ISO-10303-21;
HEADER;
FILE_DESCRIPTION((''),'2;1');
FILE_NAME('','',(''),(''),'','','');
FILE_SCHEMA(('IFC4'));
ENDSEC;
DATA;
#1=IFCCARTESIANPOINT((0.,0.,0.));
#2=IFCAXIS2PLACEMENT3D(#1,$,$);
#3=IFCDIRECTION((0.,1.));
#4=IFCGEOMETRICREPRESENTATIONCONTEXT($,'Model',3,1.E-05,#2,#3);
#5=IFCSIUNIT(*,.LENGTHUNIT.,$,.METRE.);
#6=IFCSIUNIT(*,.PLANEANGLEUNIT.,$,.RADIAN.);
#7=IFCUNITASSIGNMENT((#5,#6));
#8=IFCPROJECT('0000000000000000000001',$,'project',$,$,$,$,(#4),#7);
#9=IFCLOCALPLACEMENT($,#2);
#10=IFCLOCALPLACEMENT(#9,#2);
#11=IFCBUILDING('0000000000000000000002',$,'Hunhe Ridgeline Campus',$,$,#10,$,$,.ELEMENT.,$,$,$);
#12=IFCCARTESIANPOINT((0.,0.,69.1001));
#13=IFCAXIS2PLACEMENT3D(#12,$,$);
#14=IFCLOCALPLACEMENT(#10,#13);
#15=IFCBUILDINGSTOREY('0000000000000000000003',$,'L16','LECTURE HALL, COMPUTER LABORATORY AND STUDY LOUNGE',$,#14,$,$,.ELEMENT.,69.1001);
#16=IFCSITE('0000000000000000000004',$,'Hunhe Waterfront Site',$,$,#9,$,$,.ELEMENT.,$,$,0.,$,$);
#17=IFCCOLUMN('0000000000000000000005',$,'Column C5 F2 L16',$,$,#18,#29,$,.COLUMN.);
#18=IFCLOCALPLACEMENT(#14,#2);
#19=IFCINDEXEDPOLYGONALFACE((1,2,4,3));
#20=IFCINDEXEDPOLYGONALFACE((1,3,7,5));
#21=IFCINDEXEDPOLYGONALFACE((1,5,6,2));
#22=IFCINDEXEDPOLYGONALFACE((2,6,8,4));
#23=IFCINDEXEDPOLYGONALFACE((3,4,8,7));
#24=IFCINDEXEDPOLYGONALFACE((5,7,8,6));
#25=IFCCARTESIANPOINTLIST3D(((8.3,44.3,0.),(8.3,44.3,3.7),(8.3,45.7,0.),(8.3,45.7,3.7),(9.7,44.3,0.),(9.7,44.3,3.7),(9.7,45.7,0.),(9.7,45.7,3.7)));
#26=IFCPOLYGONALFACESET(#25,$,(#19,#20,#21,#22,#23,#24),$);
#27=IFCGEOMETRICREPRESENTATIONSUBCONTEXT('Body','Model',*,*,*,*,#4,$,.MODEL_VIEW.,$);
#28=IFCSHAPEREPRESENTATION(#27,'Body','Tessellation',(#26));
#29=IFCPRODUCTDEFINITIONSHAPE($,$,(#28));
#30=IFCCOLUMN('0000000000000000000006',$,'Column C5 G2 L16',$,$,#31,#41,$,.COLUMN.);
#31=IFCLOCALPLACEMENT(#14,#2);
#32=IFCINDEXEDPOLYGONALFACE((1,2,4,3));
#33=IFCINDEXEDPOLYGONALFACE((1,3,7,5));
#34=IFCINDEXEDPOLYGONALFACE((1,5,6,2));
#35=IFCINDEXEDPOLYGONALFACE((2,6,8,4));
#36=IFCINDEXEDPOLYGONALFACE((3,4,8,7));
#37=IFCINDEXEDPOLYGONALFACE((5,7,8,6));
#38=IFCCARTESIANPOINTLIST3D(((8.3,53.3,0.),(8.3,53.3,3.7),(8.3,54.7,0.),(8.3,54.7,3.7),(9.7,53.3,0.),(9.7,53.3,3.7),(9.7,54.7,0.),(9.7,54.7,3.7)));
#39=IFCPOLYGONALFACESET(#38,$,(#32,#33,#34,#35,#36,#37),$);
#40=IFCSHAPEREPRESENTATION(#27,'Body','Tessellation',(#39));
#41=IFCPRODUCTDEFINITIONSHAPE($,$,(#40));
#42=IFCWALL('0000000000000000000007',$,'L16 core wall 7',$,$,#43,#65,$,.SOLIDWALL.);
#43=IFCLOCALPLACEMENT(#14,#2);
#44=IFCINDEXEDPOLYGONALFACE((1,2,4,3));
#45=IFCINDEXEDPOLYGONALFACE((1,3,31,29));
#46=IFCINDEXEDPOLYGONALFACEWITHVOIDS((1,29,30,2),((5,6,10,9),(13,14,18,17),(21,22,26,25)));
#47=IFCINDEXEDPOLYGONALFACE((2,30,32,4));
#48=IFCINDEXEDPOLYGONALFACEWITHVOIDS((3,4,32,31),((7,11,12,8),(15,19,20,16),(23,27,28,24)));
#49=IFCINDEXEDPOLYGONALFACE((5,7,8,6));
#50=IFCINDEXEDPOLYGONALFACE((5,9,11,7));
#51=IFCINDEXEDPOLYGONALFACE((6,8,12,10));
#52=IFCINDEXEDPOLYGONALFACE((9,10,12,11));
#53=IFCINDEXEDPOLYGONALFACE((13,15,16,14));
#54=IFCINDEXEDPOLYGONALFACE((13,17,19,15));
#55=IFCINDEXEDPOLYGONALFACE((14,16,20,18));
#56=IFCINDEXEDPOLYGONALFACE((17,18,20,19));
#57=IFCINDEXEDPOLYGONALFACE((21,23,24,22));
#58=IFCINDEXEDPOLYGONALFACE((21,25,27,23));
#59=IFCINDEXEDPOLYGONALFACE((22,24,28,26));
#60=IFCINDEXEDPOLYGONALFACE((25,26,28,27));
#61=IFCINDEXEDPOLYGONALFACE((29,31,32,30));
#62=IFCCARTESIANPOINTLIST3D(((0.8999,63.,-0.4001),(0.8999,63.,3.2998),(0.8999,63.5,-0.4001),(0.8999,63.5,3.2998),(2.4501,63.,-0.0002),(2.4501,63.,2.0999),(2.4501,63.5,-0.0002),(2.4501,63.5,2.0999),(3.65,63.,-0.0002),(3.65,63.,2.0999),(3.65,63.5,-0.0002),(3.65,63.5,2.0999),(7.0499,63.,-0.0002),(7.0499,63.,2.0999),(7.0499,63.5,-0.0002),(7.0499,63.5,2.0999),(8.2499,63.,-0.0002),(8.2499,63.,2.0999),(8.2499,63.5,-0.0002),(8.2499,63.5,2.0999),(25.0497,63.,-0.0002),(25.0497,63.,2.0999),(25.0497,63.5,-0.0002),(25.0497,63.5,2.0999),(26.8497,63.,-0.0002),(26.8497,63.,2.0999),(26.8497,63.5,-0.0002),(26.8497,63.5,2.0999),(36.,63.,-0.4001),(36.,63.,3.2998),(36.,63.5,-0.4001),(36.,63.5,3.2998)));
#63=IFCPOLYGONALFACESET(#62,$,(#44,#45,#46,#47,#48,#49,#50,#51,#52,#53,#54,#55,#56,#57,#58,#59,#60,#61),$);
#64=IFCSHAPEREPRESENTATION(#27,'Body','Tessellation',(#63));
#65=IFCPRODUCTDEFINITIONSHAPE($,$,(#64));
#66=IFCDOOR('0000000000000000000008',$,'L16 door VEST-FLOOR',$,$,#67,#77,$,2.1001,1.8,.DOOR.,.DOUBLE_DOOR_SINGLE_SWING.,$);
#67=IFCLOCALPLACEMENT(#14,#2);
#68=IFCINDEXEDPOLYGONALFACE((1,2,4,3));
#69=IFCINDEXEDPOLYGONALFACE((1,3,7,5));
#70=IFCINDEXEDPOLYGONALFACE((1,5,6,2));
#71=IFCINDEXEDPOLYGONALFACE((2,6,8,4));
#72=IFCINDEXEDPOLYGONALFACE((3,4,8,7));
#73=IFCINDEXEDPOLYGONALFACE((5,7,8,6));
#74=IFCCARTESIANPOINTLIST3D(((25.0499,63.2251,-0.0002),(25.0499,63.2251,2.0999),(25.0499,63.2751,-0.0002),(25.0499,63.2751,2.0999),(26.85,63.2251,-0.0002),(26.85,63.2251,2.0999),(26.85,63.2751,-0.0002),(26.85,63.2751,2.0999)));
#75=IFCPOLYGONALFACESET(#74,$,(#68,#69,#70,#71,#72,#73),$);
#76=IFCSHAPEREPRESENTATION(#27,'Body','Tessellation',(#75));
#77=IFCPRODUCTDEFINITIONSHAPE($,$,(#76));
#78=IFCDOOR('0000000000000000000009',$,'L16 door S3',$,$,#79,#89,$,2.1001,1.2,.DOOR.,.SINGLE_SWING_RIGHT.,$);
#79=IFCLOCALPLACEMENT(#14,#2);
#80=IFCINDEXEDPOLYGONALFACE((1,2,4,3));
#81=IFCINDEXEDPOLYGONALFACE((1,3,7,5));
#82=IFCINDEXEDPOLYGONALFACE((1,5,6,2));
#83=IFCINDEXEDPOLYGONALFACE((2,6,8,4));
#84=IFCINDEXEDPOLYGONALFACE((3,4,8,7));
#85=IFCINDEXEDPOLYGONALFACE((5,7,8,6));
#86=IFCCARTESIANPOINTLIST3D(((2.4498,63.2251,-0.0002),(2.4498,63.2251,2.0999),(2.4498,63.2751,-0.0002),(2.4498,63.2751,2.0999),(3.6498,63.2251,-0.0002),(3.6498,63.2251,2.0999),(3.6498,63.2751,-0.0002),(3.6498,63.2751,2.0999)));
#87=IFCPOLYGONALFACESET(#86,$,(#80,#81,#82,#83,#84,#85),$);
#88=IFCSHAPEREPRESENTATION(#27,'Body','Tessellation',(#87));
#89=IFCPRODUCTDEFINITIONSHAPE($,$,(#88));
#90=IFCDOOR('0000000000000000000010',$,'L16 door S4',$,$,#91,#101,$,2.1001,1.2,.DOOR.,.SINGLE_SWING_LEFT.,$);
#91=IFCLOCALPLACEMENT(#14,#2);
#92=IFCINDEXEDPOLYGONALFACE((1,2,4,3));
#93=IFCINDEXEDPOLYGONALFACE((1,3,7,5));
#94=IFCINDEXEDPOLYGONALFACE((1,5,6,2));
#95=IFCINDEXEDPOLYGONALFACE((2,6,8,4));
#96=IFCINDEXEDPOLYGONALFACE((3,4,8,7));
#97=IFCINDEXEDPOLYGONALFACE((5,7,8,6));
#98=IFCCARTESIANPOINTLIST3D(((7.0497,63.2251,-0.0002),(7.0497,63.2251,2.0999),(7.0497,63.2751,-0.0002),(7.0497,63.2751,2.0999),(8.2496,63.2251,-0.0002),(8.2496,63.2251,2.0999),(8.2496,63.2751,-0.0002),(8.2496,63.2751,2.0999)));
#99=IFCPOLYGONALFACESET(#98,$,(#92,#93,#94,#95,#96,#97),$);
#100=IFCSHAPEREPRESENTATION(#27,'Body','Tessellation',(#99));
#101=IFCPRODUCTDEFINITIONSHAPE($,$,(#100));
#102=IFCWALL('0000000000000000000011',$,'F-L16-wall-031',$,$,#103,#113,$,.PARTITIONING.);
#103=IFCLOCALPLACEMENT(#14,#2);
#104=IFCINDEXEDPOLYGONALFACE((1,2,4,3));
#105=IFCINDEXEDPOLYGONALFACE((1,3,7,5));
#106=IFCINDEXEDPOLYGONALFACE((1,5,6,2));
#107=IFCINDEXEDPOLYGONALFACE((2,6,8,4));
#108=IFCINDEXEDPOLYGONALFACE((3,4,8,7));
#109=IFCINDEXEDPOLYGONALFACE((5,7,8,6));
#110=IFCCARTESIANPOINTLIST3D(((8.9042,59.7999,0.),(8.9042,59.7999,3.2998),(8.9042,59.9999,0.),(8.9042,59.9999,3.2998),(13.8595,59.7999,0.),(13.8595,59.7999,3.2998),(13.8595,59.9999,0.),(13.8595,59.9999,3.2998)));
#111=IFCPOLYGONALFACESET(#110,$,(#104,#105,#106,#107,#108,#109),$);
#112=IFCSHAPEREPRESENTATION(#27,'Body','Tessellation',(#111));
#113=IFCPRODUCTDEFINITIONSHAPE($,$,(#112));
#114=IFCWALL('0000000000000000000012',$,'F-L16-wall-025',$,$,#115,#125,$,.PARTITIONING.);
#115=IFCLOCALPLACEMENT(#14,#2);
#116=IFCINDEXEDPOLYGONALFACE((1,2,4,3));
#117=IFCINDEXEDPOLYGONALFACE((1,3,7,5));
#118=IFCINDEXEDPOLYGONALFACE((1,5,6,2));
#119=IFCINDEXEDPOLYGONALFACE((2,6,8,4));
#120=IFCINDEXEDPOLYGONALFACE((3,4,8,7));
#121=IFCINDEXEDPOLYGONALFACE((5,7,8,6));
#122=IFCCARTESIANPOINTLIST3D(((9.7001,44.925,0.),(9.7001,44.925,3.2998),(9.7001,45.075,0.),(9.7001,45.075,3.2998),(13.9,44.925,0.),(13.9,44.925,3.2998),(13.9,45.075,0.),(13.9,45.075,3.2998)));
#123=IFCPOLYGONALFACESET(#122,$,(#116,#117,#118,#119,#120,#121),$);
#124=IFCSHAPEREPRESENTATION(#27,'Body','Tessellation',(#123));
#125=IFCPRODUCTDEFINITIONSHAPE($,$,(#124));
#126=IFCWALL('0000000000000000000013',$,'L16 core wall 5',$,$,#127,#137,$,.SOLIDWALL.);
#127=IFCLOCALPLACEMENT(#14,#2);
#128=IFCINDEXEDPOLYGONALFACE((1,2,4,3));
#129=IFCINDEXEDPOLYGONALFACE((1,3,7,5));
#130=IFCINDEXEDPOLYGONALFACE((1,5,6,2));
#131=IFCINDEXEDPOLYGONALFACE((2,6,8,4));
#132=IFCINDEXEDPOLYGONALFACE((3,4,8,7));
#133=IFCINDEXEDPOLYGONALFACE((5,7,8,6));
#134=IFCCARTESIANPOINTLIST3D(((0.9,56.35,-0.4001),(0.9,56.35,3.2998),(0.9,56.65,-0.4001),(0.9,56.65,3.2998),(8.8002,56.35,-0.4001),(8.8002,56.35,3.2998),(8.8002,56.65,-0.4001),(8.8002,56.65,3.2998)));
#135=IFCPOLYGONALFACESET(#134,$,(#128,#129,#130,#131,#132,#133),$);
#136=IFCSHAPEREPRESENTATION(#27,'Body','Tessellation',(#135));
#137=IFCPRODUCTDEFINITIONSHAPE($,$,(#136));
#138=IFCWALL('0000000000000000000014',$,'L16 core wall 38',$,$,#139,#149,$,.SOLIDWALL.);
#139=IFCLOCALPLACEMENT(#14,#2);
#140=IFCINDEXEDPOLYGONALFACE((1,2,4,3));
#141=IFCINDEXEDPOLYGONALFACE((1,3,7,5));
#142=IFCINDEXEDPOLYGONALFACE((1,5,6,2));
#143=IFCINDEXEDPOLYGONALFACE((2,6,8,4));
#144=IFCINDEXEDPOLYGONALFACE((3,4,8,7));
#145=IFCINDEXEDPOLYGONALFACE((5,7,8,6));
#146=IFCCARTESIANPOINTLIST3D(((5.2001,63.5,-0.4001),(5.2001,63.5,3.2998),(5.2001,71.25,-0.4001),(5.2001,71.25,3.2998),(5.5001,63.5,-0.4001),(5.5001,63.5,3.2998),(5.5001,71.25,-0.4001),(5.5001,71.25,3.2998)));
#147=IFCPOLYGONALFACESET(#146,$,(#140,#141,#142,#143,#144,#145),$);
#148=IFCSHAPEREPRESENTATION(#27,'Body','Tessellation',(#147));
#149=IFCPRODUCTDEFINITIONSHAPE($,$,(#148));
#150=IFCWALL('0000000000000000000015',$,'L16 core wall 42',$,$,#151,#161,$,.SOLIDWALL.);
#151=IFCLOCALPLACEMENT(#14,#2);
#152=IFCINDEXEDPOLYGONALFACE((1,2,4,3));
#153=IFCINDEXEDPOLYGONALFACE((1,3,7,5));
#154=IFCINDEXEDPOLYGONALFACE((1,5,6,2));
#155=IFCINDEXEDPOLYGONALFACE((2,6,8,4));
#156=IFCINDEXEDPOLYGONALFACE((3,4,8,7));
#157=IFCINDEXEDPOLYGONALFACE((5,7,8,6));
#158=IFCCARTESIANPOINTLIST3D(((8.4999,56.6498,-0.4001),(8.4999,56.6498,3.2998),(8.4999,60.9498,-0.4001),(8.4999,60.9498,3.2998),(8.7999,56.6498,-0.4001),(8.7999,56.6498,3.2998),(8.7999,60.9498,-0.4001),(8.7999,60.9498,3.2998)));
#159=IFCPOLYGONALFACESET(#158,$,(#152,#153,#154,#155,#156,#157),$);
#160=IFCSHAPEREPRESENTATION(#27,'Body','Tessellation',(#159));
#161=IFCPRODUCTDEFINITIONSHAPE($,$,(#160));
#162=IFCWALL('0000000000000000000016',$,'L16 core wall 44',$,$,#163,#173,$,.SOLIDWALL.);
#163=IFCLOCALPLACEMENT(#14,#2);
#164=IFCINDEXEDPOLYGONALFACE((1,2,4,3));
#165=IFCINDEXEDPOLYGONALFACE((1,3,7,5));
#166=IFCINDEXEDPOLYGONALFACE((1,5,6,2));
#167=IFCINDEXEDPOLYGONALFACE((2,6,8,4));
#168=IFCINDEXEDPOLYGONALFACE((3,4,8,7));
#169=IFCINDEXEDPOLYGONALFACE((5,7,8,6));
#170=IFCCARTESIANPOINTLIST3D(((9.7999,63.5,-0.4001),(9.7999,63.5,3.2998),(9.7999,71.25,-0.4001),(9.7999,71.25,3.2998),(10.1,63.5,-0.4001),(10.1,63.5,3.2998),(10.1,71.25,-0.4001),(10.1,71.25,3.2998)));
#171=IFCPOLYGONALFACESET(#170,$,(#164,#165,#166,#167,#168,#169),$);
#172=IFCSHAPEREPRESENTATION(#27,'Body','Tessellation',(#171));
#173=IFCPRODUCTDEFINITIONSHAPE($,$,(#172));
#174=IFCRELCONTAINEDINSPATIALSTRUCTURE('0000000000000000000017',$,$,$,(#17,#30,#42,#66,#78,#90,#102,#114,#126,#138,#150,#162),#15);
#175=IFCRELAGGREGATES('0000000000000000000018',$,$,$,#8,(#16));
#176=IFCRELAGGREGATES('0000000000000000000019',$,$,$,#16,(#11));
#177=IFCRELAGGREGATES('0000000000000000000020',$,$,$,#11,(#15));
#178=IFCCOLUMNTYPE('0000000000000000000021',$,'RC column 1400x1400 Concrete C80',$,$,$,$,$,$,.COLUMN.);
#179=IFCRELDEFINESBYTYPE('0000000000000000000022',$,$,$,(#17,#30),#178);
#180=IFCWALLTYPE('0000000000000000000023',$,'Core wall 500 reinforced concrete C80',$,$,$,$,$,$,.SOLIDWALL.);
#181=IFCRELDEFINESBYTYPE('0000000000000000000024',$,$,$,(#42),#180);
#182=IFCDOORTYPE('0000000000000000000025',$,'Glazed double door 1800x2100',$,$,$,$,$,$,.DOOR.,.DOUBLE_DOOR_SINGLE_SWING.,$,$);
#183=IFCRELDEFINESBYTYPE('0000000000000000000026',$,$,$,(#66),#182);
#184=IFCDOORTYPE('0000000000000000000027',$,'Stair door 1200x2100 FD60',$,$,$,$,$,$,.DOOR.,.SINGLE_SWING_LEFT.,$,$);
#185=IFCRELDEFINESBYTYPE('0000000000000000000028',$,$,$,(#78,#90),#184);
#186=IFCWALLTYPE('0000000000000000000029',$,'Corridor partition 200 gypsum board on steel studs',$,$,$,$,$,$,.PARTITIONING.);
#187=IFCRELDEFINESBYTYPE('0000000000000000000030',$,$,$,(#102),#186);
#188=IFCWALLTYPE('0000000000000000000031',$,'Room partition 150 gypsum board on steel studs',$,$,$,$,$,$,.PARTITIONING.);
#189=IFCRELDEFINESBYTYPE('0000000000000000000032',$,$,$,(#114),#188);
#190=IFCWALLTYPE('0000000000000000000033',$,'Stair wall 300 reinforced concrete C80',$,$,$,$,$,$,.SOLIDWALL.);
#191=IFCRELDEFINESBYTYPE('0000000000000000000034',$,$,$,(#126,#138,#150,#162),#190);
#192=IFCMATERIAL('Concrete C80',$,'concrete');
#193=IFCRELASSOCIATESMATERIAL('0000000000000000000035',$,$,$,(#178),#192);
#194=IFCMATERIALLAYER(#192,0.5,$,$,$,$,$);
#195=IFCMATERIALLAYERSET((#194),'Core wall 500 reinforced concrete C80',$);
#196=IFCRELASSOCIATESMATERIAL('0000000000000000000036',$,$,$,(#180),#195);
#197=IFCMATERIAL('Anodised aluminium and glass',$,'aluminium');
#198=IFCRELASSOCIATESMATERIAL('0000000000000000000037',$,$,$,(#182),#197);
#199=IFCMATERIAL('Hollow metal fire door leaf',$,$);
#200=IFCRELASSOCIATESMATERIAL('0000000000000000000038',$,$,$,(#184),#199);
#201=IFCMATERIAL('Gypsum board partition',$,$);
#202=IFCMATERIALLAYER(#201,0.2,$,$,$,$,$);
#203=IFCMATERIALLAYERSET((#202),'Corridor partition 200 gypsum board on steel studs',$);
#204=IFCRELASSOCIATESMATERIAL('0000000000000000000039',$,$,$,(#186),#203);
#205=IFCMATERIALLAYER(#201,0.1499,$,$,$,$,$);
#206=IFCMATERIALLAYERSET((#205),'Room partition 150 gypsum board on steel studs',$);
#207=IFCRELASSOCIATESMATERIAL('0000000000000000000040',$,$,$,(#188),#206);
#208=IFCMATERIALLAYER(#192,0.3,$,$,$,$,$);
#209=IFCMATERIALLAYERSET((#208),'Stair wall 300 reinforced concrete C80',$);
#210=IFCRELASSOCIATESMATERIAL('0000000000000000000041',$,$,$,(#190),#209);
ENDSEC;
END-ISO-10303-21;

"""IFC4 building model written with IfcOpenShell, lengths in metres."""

from ifc_helpers import new_model, si_unit, direction, frame, frame_2d, origin, origin_2d, place, context, subcontext, project, spatial, rectangle, extrude, material, layer, layer_set, material_profile, profile_set, type_object, element, fill, save


model = new_model("IFC4")

# Units and contexts
model_context = context("Model", 3, precision=1e-05, world=origin(), true_north=direction((0.0, 1.0)))
body_context = subcontext(model_context, "Body", "Model", "MODEL_VIEW")
ifc_project = project(units=[si_unit("LENGTHUNIT", "METRE"), si_unit("PLANEANGLEUNIT", "RADIAN")], contexts=[model_context])

# Site, building, storey
site_placement = place(None, origin())
site = spatial("IfcSite", under=ifc_project, at=site_placement, Name="Hunhe Waterfront Site", CompositionType="ELEMENT", RefElevation=0.0)
building_placement = place(site_placement, origin())
building = spatial("IfcBuilding", under=site, at=building_placement, Name="Hunhe Ridgeline Campus", CompositionType="ELEMENT")
storey_placement = place(building_placement, frame((0.0, 0.0, 69.1001)))
storey = spatial("IfcBuildingStorey", under=building, at=storey_placement, Name="L16", Description="LECTURE HALL, COMPUTER LABORATORY AND STUDY LOUNGE", CompositionType="ELEMENT", Elevation=69.1001)

# Columns
ifc_material_1 = material(Name="Concrete C80", Category="concrete")
ifc_material_profile = material_profile(ifc_material_1, rectangle(XDim=1.3999, YDim=1.3999, at=origin_2d()))
ifc_profile_set = profile_set([ifc_material_profile], Name="Concrete C80")
column_type = type_object("IfcColumnType", Name="RC column 1400x1400 Concrete C80", PredefinedType="COLUMN", material=ifc_profile_set)
for number, where, z_axis, x_axis, name in (
    (1, (9.0, 45.0, 0.0), (0.0, 0.0, 1.0), (1.0, 0.0, 0.0), "Column C5 F2 L16"),
    (2, (9.0, 54.0, 0.0), (0.0, 0.0, 1.0), (1.0, 0.0, 0.0), "Column C5 G2 L16"),
):
    element("IfcColumn", number, at=place(storey_placement, frame(where, z_axis=z_axis, x_axis=x_axis)), inside=storey, type_object=column_type, Name=name, PredefinedType="COLUMN", context=body_context, shape_type="SweptSolid", body=[
        extrude(rectangle(XDim=1.3999, YDim=1.3999, at=origin_2d()), origin(), (0.0, 0.0, 1.0), 3.7),
    ])

# Wall, openings, doors
ifc_layer_1 = layer(ifc_material_1, 0.5)
ifc_layer_set_1 = layer_set([ifc_layer_1], Name="Core wall 500 reinforced concrete C80")
wall_type_1 = type_object("IfcWallType", Name="Core wall 500 reinforced concrete C80", PredefinedType="SOLIDWALL", material=ifc_layer_set_1)
wall_1_placement = place(storey_placement, frame((0.8999, 63.25, -0.4001), z_axis=(0.0, 0.0, 1.0), x_axis=(1.0, 0.0, 0.0)))
wall_1 = element("IfcWall", 3, at=wall_1_placement, inside=storey, type_object=wall_type_1, Name="L16 core wall 7", PredefinedType="SOLIDWALL", context=body_context, shape_type="SweptSolid", body=[
    extrude(rectangle(XDim=35.1001, YDim=0.5, at=frame_2d((17.55, 0.0))), origin(), (0.0, 0.0, 1.0), 3.7),
])
opening_1_placement = place(wall_1_placement, frame((24.1499, 0.0, 0.3999)))
opening_1 = element("IfcOpeningElement", 4, at=opening_1_placement, cuts=wall_1, PredefinedType="OPENING", context=body_context, shape_type="SweptSolid", body=[
    extrude(rectangle(XDim=1.8, YDim=2.1001, at=frame_2d((0.8999, 1.05))), frame((0.0, 0.25, 0.0), z_axis=(0.0, -1.0, 0.0), x_axis=(1.0, 0.0, 0.0)), (0.0, 0.0, 1.0), 0.5),
])
opening_2_placement = place(wall_1_placement, frame((1.55, 0.0, 0.3999)))
opening_2 = element("IfcOpeningElement", 5, at=opening_2_placement, cuts=wall_1, PredefinedType="OPENING", context=body_context, shape_type="SweptSolid", body=[
    extrude(rectangle(XDim=1.2, YDim=2.1001, at=frame_2d((0.6001, 1.05))), frame((0.0, 0.25, 0.0), z_axis=(0.0, -1.0, 0.0), x_axis=(1.0, 0.0, 0.0)), (0.0, 0.0, 1.0), 0.5),
])
opening_3_placement = place(wall_1_placement, frame((6.1499, 0.0, 0.3999)))
opening_3 = element("IfcOpeningElement", 6, at=opening_3_placement, cuts=wall_1, PredefinedType="OPENING", context=body_context, shape_type="SweptSolid", body=[
    extrude(rectangle(XDim=1.2, YDim=2.1001, at=frame_2d((0.6001, 1.05))), frame((0.0, 0.25, 0.0), z_axis=(0.0, -1.0, 0.0), x_axis=(1.0, 0.0, 0.0)), (0.0, 0.0, 1.0), 0.5),
])
ifc_material_2 = material(Name="Anodised aluminium and glass", Category="aluminium")
door_type_1 = type_object("IfcDoorType", Name="Glazed double door 1800x2100", OperationType="DOUBLE_DOOR_SINGLE_SWING", PredefinedType="DOOR", material=ifc_material_2)
door_1_placement = place(opening_1_placement, frame((1.8, 0.0, 0.0), z_axis=(0.0, 0.0, 1.0), x_axis=(-1.0, 0.0, 0.0)))
door_1 = element("IfcDoor", 7, at=door_1_placement, inside=storey, type_object=door_type_1, Name="L16 door VEST-FLOOR", OperationType="DOUBLE_DOOR_SINGLE_SWING", OverallHeight=2.1001, OverallWidth=1.8, PredefinedType="DOOR", context=body_context, shape_type="SweptSolid", body=[
    extrude(rectangle(XDim=1.8, YDim=2.1001, at=frame_2d((0.8999, 1.05))), frame((0.0, 0.0249, 0.0), z_axis=(0.0, -1.0, 0.0), x_axis=(1.0, 0.0, 0.0)), (0.0, 0.0, 1.0), 0.05),
])
fill(opening_1, door_1)
ifc_material_3 = material(Name="Hollow metal fire door leaf")
door_type_2 = type_object("IfcDoorType", Name="Stair door 1200x2100 FD60", OperationType="SINGLE_SWING_LEFT", PredefinedType="DOOR", material=ifc_material_3)
door_2_placement = place(opening_2_placement, frame((1.2, 0.0, 0.0), z_axis=(0.0, 0.0, 1.0), x_axis=(-1.0, 0.0, 0.0)))
door_2 = element("IfcDoor", 8, at=door_2_placement, inside=storey, type_object=door_type_2, Name="L16 door S3", OperationType="SINGLE_SWING_RIGHT", OverallHeight=2.1001, OverallWidth=1.2, PredefinedType="DOOR", context=body_context, shape_type="SweptSolid", body=[
    extrude(rectangle(XDim=1.2, YDim=2.1001, at=frame_2d((0.6001, 1.05))), frame((0.0, 0.0249, 0.0), z_axis=(0.0, -1.0, 0.0), x_axis=(1.0, 0.0, 0.0)), (0.0, 0.0, 1.0), 0.05),
])
fill(opening_2, door_2)
door_3_placement = place(opening_3_placement, frame((1.2, 0.0, 0.0), z_axis=(0.0, 0.0, 1.0), x_axis=(-1.0, 0.0, 0.0)))
door_3 = element("IfcDoor", 9, at=door_3_placement, inside=storey, type_object=door_type_2, Name="L16 door S4", OperationType="SINGLE_SWING_LEFT", OverallHeight=2.1001, OverallWidth=1.2, PredefinedType="DOOR", context=body_context, shape_type="SweptSolid", body=[
    extrude(rectangle(XDim=1.2, YDim=2.1001, at=frame_2d((0.6001, 1.05))), frame((0.0, 0.0249, 0.0), z_axis=(0.0, -1.0, 0.0), x_axis=(1.0, 0.0, 0.0)), (0.0, 0.0, 1.0), 0.05),
])
fill(opening_3, door_3)

# Walls
ifc_material_4 = material(Name="Gypsum board partition")
ifc_layer_2 = layer(ifc_material_4, 0.2)
ifc_layer_set_2 = layer_set([ifc_layer_2], Name="Corridor partition 200 gypsum board on steel studs")
wall_type_2 = type_object("IfcWallType", Name="Corridor partition 200 gypsum board on steel studs", PredefinedType="PARTITIONING", material=ifc_layer_set_2)
wall_2_placement = place(storey_placement, frame((13.8594, 59.8999, 0.0), z_axis=(0.0, 0.0, 1.0), x_axis=(-1.0, 0.0, 0.0)))
element("IfcWall", 10, at=wall_2_placement, inside=storey, type_object=wall_type_2, Name="F-L16-wall-031", PredefinedType="PARTITIONING", context=body_context, shape_type="SweptSolid", body=[
    extrude(rectangle(XDim=4.9553, YDim=0.2, at=frame_2d((2.4775, 0.0))), origin(), (0.0, 0.0, 1.0), 3.2998),
])
ifc_layer_3 = layer(ifc_material_4, 0.1499)
ifc_layer_set_3 = layer_set([ifc_layer_3], Name="Room partition 150 gypsum board on steel studs")
wall_type_3 = type_object("IfcWallType", Name="Room partition 150 gypsum board on steel studs", PredefinedType="PARTITIONING", material=ifc_layer_set_3)
wall_3_placement = place(storey_placement, frame((9.7, 45.0, 0.0), z_axis=(0.0, 0.0, 1.0), x_axis=(1.0, 0.0, 0.0)))
element("IfcWall", 11, at=wall_3_placement, inside=storey, type_object=wall_type_3, Name="F-L16-wall-025", PredefinedType="PARTITIONING", context=body_context, shape_type="SweptSolid", body=[
    extrude(rectangle(XDim=4.2, YDim=0.1499, at=frame_2d((2.1001, 0.0))), origin(), (0.0, 0.0, 1.0), 3.2998),
])
ifc_layer_4 = layer(ifc_material_1, 0.3)
ifc_layer_set_4 = layer_set([ifc_layer_4], Name="Stair wall 300 reinforced concrete C80")
wall_type_4 = type_object("IfcWallType", Name="Stair wall 300 reinforced concrete C80", PredefinedType="SOLIDWALL", material=ifc_layer_set_4)
wall_4_placement = place(storey_placement, frame((0.8999, 56.5, -0.4001), z_axis=(0.0, 0.0, 1.0), x_axis=(1.0, 0.0, 0.0)))
element("IfcWall", 12, at=wall_4_placement, inside=storey, type_object=wall_type_4, Name="L16 core wall 5", PredefinedType="SOLIDWALL", context=body_context, shape_type="SweptSolid", body=[
    extrude(rectangle(XDim=7.9001, YDim=0.3, at=frame_2d((3.9502, 0.0))), origin(), (0.0, 0.0, 1.0), 3.7),
])

# Walls
wall_5_placement = place(storey_placement, frame((5.3501, 63.5, -0.4001), z_axis=(0.0, 0.0, 1.0), x_axis=(0.0, 1.0, 0.0)))
element("IfcWall", 13, at=wall_5_placement, inside=storey, type_object=wall_type_4, Name="L16 core wall 38", PredefinedType="SOLIDWALL", context=body_context, shape_type="SweptSolid", body=[
    extrude(rectangle(XDim=7.75, YDim=0.3, at=frame_2d((3.875, 0.0))), origin(), (0.0, 0.0, 1.0), 3.7),
])
wall_6_placement = place(storey_placement, frame((8.6499, 56.6499, -0.4001), z_axis=(0.0, 0.0, 1.0), x_axis=(0.0, 1.0, 0.0)))
element("IfcWall", 14, at=wall_6_placement, inside=storey, type_object=wall_type_4, Name="L16 core wall 42", PredefinedType="SOLIDWALL", context=body_context, shape_type="SweptSolid", body=[
    extrude(rectangle(XDim=4.3, YDim=0.3, at=frame_2d((2.1499, 0.0))), origin(), (0.0, 0.0, 1.0), 3.7),
])
wall_7_placement = place(storey_placement, frame((9.95, 63.5, -0.4001), z_axis=(0.0, 0.0, 1.0), x_axis=(0.0, 1.0, 0.0)))
element("IfcWall", 15, at=wall_7_placement, inside=storey, type_object=wall_type_4, Name="L16 core wall 44", PredefinedType="SOLIDWALL", context=body_context, shape_type="SweptSolid", body=[
    extrude(rectangle(XDim=7.75, YDim=0.3, at=frame_2d((3.875, 0.0))), origin(), (0.0, 0.0, 1.0), 3.7),
])

save(model, "model.ifc")
